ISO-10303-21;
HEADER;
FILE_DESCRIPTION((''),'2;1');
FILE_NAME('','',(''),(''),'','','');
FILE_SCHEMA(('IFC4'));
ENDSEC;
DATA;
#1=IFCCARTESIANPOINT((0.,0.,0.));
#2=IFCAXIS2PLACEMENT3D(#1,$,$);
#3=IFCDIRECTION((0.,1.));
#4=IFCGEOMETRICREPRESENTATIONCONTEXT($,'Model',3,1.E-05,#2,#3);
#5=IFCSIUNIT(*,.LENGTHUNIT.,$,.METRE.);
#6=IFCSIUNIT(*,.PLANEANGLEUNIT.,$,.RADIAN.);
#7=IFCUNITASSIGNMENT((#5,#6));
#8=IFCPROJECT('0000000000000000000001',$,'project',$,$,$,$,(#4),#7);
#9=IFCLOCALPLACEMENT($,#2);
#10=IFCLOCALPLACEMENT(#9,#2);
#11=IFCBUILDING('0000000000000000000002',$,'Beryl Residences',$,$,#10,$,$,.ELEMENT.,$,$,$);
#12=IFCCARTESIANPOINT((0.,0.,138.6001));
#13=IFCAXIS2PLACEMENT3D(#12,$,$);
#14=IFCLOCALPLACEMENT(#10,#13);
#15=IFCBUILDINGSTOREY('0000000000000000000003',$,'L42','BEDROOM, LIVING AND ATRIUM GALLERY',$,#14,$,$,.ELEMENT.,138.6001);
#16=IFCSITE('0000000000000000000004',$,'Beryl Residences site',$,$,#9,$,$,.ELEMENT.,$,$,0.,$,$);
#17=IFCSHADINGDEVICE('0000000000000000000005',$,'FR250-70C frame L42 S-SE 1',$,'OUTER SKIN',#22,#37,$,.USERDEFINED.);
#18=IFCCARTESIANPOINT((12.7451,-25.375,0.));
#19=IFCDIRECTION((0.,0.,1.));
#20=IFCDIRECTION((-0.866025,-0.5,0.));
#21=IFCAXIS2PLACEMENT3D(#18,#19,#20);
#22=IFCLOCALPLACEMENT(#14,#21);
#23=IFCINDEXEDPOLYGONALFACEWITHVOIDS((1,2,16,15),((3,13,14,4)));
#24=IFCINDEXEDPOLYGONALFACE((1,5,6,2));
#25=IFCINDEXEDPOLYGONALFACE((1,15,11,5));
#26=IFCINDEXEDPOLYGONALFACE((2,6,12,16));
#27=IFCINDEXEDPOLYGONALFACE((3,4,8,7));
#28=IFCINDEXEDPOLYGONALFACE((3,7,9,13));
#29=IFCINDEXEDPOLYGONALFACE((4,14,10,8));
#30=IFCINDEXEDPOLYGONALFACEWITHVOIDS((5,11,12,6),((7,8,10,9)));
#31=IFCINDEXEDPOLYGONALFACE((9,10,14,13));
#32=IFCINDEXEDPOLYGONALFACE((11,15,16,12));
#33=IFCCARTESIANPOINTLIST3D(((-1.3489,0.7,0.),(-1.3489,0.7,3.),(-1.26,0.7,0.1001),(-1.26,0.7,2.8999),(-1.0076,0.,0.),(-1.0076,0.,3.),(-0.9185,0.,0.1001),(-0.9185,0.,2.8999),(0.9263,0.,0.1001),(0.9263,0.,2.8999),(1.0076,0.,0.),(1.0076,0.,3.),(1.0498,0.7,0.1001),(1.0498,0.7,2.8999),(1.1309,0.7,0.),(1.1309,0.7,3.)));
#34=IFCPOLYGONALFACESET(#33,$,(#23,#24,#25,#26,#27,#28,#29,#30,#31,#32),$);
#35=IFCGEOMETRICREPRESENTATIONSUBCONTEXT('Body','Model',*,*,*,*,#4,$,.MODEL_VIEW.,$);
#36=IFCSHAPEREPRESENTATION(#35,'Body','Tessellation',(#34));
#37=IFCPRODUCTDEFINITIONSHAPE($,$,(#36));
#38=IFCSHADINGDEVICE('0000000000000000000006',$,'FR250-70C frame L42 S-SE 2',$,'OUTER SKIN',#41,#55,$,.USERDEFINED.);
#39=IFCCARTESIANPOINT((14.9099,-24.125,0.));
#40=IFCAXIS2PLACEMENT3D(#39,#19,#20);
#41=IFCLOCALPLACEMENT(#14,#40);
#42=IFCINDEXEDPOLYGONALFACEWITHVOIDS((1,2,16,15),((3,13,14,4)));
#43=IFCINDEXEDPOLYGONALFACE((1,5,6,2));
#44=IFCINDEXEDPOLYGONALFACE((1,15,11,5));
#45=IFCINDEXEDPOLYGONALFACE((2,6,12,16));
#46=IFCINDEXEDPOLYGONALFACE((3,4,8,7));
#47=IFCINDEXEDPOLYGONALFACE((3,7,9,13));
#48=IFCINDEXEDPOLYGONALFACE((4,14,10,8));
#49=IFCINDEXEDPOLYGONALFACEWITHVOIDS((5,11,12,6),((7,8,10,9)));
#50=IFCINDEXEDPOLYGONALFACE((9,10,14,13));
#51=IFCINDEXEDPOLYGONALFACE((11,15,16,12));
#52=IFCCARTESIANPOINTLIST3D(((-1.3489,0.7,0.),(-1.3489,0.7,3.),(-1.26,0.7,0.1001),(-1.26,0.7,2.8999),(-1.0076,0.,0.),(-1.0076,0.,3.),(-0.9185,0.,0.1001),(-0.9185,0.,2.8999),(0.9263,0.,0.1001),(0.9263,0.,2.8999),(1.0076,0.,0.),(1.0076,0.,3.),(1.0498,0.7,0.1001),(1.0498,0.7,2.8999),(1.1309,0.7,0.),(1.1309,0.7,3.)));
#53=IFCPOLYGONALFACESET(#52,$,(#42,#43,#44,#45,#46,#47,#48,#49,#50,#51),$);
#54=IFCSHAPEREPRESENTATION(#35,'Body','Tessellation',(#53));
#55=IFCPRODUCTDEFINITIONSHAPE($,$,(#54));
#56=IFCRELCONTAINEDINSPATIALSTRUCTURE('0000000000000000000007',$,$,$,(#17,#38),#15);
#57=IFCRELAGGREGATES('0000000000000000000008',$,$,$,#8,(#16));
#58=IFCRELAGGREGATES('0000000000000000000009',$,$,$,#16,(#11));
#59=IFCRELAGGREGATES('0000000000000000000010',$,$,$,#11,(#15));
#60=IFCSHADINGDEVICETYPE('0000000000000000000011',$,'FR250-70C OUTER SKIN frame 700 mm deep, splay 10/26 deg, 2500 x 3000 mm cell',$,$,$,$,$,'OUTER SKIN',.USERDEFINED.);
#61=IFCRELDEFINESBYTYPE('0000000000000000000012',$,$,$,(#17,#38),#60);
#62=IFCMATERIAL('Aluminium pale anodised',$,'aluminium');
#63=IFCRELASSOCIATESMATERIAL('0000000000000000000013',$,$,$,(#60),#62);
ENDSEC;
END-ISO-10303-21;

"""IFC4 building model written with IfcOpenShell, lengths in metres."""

from ifc_helpers import new_model, entity, si_unit, direction, frame, origin, place, context, subcontext, project, spatial, source, transform, mapped, material, type_object, type_shapes, element, save


model = new_model("IFC4")

# Units and contexts
model_context = context("Model", 3, precision=1e-05, world=origin(), true_north=direction((0.0, 1.0)))
body_context = subcontext(model_context, "Body", "Model", "MODEL_VIEW")
ifc_project = project(units=[si_unit("LENGTHUNIT", "METRE"), si_unit("PLANEANGLEUNIT", "RADIAN")], contexts=[model_context])

# Site, building, storey
site_placement = place(None, origin())
site = spatial("IfcSite", under=ifc_project, at=site_placement, Name="Beryl Residences site", CompositionType="ELEMENT", RefElevation=0.0)
building_placement = place(site_placement, origin())
building = spatial("IfcBuilding", under=site, at=building_placement, Name="Beryl Residences", CompositionType="ELEMENT")
storey_placement = place(building_placement, frame((0.0, 0.0, 138.6001)))
storey = spatial("IfcBuildingStorey", under=building, at=storey_placement, Name="L42", Description="BEDROOM, LIVING AND ATRIUM GALLERY", CompositionType="ELEMENT", Elevation=138.6001)

# Shading devices
ifc_material_1 = material(Name="Aluminium pale anodised", Category="aluminium")
shading_device_type = type_object("IfcShadingDeviceType", Name="FR250-70C OUTER SKIN frame 700 mm deep, splay 10/26 deg, 2500 x 3000 mm cell", ElementType="OUTER SKIN", PredefinedType="USERDEFINED", material=ifc_material_1)
cartesian_point_1 = entity("IfcCartesianPoint", [-1.0076, 0.0])
cartesian_point_2 = entity("IfcCartesianPoint", [-0.9263, 0.1001])
cartesian_point_3 = entity("IfcCartesianPoint", [-1.1309, 0.0])
cartesian_point_4 = entity("IfcCartesianPoint", [-1.0498, 0.1001])
shared_shape_1 = source(origin(), body_context, "Body", "SweptSolid", [
    entity("IfcExtrudedAreaSolidTapered", entity("IfcArbitraryProfileDefWithVoids", "AREA", None, entity("IfcPolyline", [cartesian_point_1, entity("IfcCartesianPoint", [1.0076, 0.0]), entity("IfcCartesianPoint", [1.0076, 3.0]), entity("IfcCartesianPoint", [-1.0076, 3.0]), cartesian_point_1]), [entity("IfcPolyline", [cartesian_point_2, entity("IfcCartesianPoint", [0.9185, 0.1001]), entity("IfcCartesianPoint", [0.9185, 2.8999]), entity("IfcCartesianPoint", [-0.9263, 2.8999]), cartesian_point_2])]), entity("IfcAxis2Placement3D", entity("IfcCartesianPoint", [0.0, 0.0, 0.0]), entity("IfcDirection", [0.0, 1.0, 0.0]), entity("IfcDirection", [-1.0, 0.0, 0.0])), entity("IfcDirection", [0.0, 0.0, 1.0]), 0.7, entity("IfcArbitraryProfileDefWithVoids", "AREA", None, entity("IfcPolyline", [cartesian_point_3, entity("IfcCartesianPoint", [1.3489, 0.0]), entity("IfcCartesianPoint", [1.3489, 3.0]), entity("IfcCartesianPoint", [-1.1309, 3.0]), cartesian_point_3]), [entity("IfcPolyline", [cartesian_point_4, entity("IfcCartesianPoint", [1.26, 0.1001]), entity("IfcCartesianPoint", [1.26, 2.8999]), entity("IfcCartesianPoint", [-1.0498, 2.8999]), cartesian_point_4])])),
])
type_shapes(shading_device_type, [shared_shape_1])
for number, where, z_axis, x_axis, name in (
    (1, (12.7451, -25.375, 0.0), (0.0, 0.0, 1.0), (-0.866025, -0.5, 0.0), "FR250-70C frame L42 S-SE 1"),
    (2, (14.9099, -24.125, 0.0), (0.0, 0.0, 1.0), (-0.866025, -0.5, 0.0), "FR250-70C frame L42 S-SE 2"),
):
    element("IfcShadingDevice", number, at=place(storey_placement, frame(where, z_axis=z_axis, x_axis=x_axis)), inside=storey, type_object=shading_device_type, Name=name, ObjectType="OUTER SKIN", PredefinedType="USERDEFINED", context=body_context, shape_type="MappedRepresentation", body=[
        mapped(shared_shape_1, transform((0.0, 0.0, 0.0))),
    ])

save(model, "model.ifc")
